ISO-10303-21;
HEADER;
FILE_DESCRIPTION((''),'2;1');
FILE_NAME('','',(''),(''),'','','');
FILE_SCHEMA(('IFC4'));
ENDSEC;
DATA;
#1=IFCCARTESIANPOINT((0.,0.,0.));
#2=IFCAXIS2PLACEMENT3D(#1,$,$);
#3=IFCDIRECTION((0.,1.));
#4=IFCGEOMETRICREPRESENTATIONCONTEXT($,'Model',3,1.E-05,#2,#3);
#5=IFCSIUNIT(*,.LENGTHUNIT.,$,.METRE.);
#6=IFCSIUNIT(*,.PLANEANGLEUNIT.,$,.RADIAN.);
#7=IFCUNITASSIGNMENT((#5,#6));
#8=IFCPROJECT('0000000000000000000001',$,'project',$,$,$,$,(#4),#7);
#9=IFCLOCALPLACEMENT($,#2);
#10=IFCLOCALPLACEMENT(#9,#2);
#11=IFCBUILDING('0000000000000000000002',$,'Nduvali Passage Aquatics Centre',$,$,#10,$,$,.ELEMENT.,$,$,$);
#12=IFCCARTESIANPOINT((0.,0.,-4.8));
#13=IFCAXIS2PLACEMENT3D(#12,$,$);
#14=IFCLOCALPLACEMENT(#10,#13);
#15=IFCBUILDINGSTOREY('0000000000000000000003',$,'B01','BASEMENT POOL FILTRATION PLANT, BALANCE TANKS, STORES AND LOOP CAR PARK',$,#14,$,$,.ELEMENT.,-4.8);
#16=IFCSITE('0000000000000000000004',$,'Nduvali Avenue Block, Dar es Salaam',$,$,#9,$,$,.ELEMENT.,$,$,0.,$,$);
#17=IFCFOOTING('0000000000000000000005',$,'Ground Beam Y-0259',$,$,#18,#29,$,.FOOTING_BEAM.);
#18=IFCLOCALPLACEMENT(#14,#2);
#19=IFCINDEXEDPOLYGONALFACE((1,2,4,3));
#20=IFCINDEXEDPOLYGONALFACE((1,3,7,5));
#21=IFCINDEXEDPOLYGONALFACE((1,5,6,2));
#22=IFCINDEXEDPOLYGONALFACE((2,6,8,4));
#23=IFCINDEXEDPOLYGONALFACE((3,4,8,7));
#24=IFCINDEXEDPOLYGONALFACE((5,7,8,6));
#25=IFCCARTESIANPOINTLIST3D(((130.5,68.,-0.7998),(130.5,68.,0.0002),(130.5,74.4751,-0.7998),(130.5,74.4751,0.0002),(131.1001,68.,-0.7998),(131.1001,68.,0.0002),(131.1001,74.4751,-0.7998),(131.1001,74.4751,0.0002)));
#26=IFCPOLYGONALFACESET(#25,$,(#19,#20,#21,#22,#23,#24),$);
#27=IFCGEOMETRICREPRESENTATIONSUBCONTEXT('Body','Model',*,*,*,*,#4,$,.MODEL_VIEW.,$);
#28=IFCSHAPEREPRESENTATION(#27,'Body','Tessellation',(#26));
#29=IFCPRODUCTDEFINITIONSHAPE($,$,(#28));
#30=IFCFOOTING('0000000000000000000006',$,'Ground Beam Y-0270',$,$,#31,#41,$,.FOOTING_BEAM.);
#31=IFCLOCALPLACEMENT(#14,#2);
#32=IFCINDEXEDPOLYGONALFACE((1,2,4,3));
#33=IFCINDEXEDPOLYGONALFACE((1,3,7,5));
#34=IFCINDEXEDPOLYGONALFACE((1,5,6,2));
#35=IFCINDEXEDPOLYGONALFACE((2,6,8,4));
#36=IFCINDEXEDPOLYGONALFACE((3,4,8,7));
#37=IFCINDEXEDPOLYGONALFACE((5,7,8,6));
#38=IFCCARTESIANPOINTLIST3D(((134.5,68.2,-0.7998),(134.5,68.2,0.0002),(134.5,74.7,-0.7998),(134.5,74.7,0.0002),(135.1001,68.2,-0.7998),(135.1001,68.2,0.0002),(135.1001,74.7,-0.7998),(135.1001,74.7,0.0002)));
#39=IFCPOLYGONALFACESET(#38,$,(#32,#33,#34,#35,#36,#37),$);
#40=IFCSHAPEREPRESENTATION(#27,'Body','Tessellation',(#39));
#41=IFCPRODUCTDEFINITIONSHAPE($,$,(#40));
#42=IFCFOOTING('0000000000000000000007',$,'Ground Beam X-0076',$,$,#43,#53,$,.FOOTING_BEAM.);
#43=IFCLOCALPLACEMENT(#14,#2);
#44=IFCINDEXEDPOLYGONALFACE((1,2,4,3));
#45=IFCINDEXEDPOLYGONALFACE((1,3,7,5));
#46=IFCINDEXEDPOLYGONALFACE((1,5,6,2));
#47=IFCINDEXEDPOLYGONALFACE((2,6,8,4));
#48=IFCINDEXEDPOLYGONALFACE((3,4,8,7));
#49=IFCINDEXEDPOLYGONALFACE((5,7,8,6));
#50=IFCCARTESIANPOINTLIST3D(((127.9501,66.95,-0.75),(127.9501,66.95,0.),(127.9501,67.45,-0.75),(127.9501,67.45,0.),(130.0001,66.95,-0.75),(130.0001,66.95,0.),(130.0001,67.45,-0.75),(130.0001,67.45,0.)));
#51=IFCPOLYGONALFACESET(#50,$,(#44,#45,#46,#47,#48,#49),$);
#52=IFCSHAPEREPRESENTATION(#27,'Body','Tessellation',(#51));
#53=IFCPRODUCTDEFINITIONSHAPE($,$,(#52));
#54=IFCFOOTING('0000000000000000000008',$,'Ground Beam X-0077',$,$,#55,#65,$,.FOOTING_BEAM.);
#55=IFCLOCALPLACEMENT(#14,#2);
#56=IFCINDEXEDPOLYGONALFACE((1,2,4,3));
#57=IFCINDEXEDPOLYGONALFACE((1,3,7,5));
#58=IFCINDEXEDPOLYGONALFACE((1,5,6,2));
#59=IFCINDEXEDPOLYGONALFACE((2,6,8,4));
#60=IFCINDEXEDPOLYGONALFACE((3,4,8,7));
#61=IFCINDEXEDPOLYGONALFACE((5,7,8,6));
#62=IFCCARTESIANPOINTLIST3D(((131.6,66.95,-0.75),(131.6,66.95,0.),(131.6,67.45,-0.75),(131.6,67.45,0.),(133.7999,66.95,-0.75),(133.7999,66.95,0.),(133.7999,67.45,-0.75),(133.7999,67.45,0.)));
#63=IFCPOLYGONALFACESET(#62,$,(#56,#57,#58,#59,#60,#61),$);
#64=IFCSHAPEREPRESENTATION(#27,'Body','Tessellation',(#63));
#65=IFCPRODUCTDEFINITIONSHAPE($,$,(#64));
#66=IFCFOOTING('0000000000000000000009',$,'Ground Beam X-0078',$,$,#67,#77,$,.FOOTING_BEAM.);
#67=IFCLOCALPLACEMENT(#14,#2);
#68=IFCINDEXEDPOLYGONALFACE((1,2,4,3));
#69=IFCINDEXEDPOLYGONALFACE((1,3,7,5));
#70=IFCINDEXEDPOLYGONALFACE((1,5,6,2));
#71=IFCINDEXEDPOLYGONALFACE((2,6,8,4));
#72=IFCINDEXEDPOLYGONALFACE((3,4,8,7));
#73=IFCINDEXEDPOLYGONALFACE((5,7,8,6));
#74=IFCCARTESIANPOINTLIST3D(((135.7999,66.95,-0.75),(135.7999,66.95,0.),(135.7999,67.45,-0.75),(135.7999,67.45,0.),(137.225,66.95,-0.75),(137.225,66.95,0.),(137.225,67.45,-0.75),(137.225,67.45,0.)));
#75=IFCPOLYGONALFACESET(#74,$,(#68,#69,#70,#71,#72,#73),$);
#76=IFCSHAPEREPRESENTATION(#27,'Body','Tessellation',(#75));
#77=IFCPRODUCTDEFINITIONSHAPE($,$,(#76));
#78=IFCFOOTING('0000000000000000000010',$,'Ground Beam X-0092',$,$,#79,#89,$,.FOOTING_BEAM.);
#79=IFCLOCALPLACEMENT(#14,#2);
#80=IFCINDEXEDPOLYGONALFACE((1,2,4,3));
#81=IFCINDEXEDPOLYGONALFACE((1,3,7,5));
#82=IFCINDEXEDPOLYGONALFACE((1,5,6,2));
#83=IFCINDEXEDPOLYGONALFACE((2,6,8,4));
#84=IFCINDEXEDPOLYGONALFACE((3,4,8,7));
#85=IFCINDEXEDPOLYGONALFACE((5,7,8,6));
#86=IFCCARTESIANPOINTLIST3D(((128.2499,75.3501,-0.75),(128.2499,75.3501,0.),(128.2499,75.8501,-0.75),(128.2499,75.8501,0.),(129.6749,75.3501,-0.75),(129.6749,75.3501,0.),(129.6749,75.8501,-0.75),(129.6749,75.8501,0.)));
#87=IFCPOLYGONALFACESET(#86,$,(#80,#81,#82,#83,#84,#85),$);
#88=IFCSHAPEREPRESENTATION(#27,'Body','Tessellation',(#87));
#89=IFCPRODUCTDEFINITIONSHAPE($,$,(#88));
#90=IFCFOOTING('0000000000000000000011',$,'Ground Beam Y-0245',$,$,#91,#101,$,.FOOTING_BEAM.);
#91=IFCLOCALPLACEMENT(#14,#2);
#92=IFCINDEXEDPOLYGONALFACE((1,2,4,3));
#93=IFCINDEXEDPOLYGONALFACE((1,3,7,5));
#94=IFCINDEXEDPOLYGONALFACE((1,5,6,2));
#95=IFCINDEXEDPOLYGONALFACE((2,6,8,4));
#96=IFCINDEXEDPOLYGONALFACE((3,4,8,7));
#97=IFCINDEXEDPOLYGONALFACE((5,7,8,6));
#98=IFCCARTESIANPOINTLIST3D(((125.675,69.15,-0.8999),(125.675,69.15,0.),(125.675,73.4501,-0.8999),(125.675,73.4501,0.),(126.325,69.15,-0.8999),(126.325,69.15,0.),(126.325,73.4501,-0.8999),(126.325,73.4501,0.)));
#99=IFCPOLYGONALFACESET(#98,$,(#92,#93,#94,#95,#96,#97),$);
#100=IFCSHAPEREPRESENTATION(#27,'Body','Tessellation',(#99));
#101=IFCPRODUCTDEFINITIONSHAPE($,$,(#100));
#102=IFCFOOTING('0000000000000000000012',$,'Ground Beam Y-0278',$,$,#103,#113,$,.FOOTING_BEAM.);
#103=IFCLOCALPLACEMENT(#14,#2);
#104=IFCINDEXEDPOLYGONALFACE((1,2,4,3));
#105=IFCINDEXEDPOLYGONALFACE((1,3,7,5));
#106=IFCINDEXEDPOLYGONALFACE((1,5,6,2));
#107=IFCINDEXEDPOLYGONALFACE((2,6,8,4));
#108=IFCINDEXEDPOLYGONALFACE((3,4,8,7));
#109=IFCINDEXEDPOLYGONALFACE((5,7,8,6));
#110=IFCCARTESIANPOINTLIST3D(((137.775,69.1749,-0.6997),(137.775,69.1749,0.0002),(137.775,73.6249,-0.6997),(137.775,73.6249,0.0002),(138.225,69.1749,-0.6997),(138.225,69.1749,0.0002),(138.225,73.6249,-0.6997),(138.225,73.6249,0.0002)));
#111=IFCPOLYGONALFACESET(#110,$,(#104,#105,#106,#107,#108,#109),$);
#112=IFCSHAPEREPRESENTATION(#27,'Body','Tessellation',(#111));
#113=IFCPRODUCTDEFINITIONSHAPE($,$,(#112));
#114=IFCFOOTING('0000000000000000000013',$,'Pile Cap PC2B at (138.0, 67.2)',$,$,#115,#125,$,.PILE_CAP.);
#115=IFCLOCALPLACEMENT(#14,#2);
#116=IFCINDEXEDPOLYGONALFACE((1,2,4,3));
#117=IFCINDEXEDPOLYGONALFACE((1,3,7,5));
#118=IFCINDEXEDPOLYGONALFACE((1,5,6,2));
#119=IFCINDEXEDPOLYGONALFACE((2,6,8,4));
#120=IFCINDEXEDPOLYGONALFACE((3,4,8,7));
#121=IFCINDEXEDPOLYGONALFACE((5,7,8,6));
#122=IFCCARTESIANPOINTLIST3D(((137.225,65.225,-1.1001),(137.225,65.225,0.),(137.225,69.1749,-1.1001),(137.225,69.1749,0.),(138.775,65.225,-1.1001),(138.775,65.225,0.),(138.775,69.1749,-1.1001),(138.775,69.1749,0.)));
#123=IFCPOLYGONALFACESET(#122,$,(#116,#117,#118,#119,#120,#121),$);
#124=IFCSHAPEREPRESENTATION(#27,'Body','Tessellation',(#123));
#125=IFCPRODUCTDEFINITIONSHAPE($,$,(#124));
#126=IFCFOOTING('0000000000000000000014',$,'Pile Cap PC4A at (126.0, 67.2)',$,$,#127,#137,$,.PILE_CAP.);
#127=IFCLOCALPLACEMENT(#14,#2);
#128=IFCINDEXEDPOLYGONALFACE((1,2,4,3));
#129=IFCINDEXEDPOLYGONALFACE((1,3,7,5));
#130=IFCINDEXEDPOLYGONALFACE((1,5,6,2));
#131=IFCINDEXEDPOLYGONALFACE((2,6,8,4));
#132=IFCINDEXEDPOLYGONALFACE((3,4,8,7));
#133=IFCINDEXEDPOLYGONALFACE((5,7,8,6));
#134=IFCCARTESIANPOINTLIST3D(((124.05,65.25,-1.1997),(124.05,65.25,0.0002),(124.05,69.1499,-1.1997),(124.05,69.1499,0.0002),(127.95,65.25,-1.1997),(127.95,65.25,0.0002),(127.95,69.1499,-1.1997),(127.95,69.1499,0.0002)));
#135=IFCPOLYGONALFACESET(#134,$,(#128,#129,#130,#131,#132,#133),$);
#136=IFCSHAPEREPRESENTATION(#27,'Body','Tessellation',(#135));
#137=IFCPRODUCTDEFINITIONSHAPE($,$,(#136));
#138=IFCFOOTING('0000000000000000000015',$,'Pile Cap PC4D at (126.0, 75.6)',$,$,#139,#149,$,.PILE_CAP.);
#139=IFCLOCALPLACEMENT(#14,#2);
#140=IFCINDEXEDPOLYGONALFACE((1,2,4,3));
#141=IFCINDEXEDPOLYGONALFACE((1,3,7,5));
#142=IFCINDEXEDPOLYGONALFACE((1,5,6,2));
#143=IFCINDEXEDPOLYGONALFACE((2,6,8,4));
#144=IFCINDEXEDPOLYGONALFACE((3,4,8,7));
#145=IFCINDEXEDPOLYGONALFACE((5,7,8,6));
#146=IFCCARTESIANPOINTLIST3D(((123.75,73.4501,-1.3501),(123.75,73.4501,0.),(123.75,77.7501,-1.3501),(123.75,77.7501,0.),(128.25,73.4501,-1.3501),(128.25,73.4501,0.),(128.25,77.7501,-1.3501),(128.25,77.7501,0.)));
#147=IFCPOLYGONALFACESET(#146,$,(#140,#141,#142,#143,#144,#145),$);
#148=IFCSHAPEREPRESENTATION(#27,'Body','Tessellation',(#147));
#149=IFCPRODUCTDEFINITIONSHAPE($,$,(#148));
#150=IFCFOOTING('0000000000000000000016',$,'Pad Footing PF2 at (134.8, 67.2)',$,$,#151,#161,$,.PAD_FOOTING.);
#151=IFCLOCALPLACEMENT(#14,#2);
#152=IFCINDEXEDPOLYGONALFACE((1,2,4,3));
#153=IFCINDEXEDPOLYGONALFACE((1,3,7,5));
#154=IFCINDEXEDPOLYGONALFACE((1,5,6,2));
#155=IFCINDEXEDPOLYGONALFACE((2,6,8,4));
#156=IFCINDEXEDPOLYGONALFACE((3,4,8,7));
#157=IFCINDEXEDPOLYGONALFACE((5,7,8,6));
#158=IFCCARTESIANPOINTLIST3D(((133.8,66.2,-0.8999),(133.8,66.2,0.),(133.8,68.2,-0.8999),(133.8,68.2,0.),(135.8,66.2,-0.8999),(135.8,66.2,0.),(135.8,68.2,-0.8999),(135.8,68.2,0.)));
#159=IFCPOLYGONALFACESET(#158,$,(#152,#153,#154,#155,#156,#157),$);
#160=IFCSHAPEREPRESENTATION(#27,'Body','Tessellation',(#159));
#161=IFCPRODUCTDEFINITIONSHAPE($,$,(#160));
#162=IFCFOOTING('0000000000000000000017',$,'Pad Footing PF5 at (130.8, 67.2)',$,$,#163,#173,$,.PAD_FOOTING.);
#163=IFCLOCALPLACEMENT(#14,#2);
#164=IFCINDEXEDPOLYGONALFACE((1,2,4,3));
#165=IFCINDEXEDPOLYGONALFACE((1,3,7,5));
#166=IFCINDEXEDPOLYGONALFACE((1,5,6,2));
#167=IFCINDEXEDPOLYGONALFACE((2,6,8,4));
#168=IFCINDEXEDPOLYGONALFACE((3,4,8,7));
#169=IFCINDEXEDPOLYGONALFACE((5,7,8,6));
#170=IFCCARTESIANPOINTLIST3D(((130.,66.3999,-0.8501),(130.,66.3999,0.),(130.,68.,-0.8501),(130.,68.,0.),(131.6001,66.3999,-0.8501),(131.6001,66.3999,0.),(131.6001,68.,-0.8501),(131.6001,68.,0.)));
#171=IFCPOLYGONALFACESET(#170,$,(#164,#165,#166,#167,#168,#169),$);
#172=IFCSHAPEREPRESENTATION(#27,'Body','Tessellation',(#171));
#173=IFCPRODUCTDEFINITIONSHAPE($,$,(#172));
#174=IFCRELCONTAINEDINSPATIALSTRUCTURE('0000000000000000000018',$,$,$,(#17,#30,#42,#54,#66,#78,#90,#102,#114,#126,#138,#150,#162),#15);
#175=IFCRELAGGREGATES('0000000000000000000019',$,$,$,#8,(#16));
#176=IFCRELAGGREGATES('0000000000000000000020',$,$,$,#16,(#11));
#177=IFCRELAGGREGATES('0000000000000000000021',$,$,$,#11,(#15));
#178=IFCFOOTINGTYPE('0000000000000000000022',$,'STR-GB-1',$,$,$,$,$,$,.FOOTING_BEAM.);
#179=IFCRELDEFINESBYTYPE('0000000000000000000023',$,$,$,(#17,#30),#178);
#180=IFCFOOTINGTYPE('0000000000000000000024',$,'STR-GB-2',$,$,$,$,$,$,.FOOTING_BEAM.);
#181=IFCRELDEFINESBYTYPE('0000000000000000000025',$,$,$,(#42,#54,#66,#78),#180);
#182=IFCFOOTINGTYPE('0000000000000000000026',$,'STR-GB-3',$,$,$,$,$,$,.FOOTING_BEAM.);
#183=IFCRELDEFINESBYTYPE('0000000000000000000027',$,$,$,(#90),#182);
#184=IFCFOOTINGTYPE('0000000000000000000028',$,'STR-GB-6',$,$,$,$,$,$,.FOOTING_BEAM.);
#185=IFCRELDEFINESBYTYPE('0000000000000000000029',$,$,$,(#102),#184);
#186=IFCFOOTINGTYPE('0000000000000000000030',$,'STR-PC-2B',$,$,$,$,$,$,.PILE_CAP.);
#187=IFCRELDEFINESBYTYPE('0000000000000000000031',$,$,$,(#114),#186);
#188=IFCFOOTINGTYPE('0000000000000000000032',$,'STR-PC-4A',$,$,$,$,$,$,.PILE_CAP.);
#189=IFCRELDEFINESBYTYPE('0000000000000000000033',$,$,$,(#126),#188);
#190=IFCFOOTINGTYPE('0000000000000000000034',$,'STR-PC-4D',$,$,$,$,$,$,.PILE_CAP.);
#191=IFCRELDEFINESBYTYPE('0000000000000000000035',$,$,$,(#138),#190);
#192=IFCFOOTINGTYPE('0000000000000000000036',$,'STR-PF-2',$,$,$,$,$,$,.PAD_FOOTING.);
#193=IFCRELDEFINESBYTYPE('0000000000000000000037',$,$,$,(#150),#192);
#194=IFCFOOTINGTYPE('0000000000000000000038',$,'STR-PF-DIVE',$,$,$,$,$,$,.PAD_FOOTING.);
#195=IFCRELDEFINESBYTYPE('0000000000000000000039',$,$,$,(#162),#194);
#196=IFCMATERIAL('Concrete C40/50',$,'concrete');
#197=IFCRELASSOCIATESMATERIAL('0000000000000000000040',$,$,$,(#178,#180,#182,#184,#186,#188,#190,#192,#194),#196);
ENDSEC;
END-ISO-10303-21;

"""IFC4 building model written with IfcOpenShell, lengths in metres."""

from ifc_helpers import new_model, si_unit, direction, frame, origin, origin_2d, place, context, subcontext, project, spatial, rectangle, extrude, material, type_object, element, save


model = new_model("IFC4")

# Units and contexts
model_context = context("Model", 3, precision=1e-05, world=origin(), true_north=direction((0.0, 1.0)))
body_context = subcontext(model_context, "Body", "Model", "MODEL_VIEW")
ifc_project = project(units=[si_unit("LENGTHUNIT", "METRE"), si_unit("PLANEANGLEUNIT", "RADIAN")], contexts=[model_context])

# Site, building, storey
site_placement = place(None, origin())
site = spatial("IfcSite", under=ifc_project, at=site_placement, Name="Nduvali Avenue Block, Dar es Salaam", CompositionType="ELEMENT", RefElevation=0.0)
building_placement = place(site_placement, origin())
building = spatial("IfcBuilding", under=site, at=building_placement, Name="Nduvali Passage Aquatics Centre", CompositionType="ELEMENT")
storey_placement = place(building_placement, frame((0.0, 0.0, -4.8)))
storey = spatial("IfcBuildingStorey", under=building, at=storey_placement, Name="B01", Description="BASEMENT POOL FILTRATION PLANT, BALANCE TANKS, STORES AND LOOP CAR PARK", CompositionType="ELEMENT", Elevation=-4.8)

# Footings
ifc_material = material(Name="Concrete C40/50", Category="concrete")
footing_type_1 = type_object("IfcFootingType", Name="STR-GB-1", PredefinedType="FOOTING_BEAM", material=ifc_material)
footing_1_placement = place(storey_placement, frame((130.8, 71.2375, -0.7998), z_axis=(0.0, 0.0, 1.0), x_axis=(0.0, 1.0, 0.0)))
element("IfcFooting", 1, at=footing_1_placement, inside=storey, type_object=footing_type_1, Name="Ground Beam Y-0259", PredefinedType="FOOTING_BEAM", context=body_context, shape_type="SweptSolid", body=[
    extrude(rectangle(XDim=6.4751, YDim=0.6001, at=origin_2d()), origin(), (0.0, 0.0, 1.0), 0.8),
])
footing_2_placement = place(storey_placement, frame((134.8, 71.45, -0.7998), z_axis=(0.0, 0.0, 1.0), x_axis=(0.0, 1.0, 0.0)))
element("IfcFooting", 2, at=footing_2_placement, inside=storey, type_object=footing_type_1, Name="Ground Beam Y-0270", PredefinedType="FOOTING_BEAM", context=body_context, shape_type="SweptSolid", body=[
    extrude(rectangle(XDim=6.5, YDim=0.6001, at=origin_2d()), origin(), (0.0, 0.0, 1.0), 0.8),
])
footing_type_2 = type_object("IfcFootingType", Name="STR-GB-2", PredefinedType="FOOTING_BEAM", material=ifc_material)
footing_3_placement = place(storey_placement, frame((128.9751, 67.2, -0.75), z_axis=(0.0, 0.0, 1.0), x_axis=(1.0, 0.0, 0.0)))
element("IfcFooting", 3, at=footing_3_placement, inside=storey, type_object=footing_type_2, Name="Ground Beam X-0076", PredefinedType="FOOTING_BEAM", context=body_context, shape_type="SweptSolid", body=[
    extrude(rectangle(XDim=2.05, YDim=0.5, at=origin_2d()), origin(), (0.0, 0.0, 1.0), 0.75),
])
footing_4_placement = place(storey_placement, frame((132.7, 67.2, -0.75), z_axis=(0.0, 0.0, 1.0), x_axis=(1.0, 0.0, 0.0)))
element("IfcFooting", 4, at=footing_4_placement, inside=storey, type_object=footing_type_2, Name="Ground Beam X-0077", PredefinedType="FOOTING_BEAM", context=body_context, shape_type="SweptSolid", body=[
    extrude(rectangle(XDim=2.2, YDim=0.5, at=origin_2d()), origin(), (0.0, 0.0, 1.0), 0.75),
])
for number, where, z_axis, x_axis, name in (
    (5, (136.5125, 67.2, -0.75), (0.0, 0.0, 1.0), (1.0, 0.0, 0.0), "Ground Beam X-0078"),
    (6, (128.9624, 75.6001, -0.75), (0.0, 0.0, 1.0), (1.0, 0.0, 0.0), "Ground Beam X-0092"),
):
    element("IfcFooting", number, at=place(storey_placement, frame(where, z_axis=z_axis, x_axis=x_axis)), inside=storey, type_object=footing_type_2, Name=name, PredefinedType="FOOTING_BEAM", context=body_context, shape_type="SweptSolid", body=[
        extrude(rectangle(XDim=1.425, YDim=0.5, at=origin_2d()), origin(), (0.0, 0.0, 1.0), 0.75),
    ])
footing_type_3 = type_object("IfcFootingType", Name="STR-GB-3", PredefinedType="FOOTING_BEAM", material=ifc_material)
footing_5_placement = place(storey_placement, frame((126.0, 71.3, -0.8999), z_axis=(0.0, 0.0, 1.0), x_axis=(0.0, 1.0, 0.0)))
element("IfcFooting", 7, at=footing_5_placement, inside=storey, type_object=footing_type_3, Name="Ground Beam Y-0245", PredefinedType="FOOTING_BEAM", context=body_context, shape_type="SweptSolid", body=[
    extrude(rectangle(XDim=4.3, YDim=0.6499, at=origin_2d()), origin(), (0.0, 0.0, 1.0), 0.8999),
])
footing_type_4 = type_object("IfcFootingType", Name="STR-GB-6", PredefinedType="FOOTING_BEAM", material=ifc_material)
footing_6_placement = place(storey_placement, frame((138.0, 71.3999, -0.6997), z_axis=(0.0, 0.0, 1.0), x_axis=(0.0, 1.0, 0.0)))
element("IfcFooting", 8, at=footing_6_placement, inside=storey, type_object=footing_type_4, Name="Ground Beam Y-0278", PredefinedType="FOOTING_BEAM", context=body_context, shape_type="SweptSolid", body=[
    extrude(rectangle(XDim=4.45, YDim=0.45, at=origin_2d()), origin(), (0.0, 0.0, 1.0), 0.7),
])
footing_type_5 = type_object("IfcFootingType", Name="STR-PC-2B", PredefinedType="PILE_CAP", material=ifc_material)
footing_7_placement = place(storey_placement, frame((138.0, 67.2, -1.1001), z_axis=(0.0, 0.0, 1.0), x_axis=(1.0, 0.0, 0.0)))
element("IfcFooting", 9, at=footing_7_placement, inside=storey, type_object=footing_type_5, Name="Pile Cap PC2B at (138.0, 67.2)", PredefinedType="PILE_CAP", context=body_context, shape_type="SweptSolid", body=[
    extrude(rectangle(XDim=1.55, YDim=3.95, at=origin_2d()), origin(), (0.0, 0.0, 1.0), 1.1001),
])
footing_type_6 = type_object("IfcFootingType", Name="STR-PC-4A", PredefinedType="PILE_CAP", material=ifc_material)
footing_8_placement = place(storey_placement, frame((126.0, 67.2, -1.1997), z_axis=(0.0, 0.0, 1.0), x_axis=(1.0, 0.0, 0.0)))
element("IfcFooting", 10, at=footing_8_placement, inside=storey, type_object=footing_type_6, Name="Pile Cap PC4A at (126.0, 67.2)", PredefinedType="PILE_CAP", context=body_context, shape_type="SweptSolid", body=[
    extrude(rectangle(XDim=3.8999, YDim=3.8999, at=origin_2d()), origin(), (0.0, 0.0, 1.0), 1.2),
])
footing_type_7 = type_object("IfcFootingType", Name="STR-PC-4D", PredefinedType="PILE_CAP", material=ifc_material)
footing_9_placement = place(storey_placement, frame((126.0, 75.6001, -1.3501), z_axis=(0.0, 0.0, 1.0), x_axis=(1.0, 0.0, 0.0)))
element("IfcFooting", 11, at=footing_9_placement, inside=storey, type_object=footing_type_7, Name="Pile Cap PC4D at (126.0, 75.6)", PredefinedType="PILE_CAP", context=body_context, shape_type="SweptSolid", body=[
    extrude(rectangle(XDim=4.5, YDim=4.3, at=origin_2d()), origin(), (0.0, 0.0, 1.0), 1.3501),
])
footing_type_8 = type_object("IfcFootingType", Name="STR-PF-2", PredefinedType="PAD_FOOTING", material=ifc_material)
footing_10_placement = place(storey_placement, frame((134.8, 67.2, -0.8999), z_axis=(0.0, 0.0, 1.0), x_axis=(1.0, 0.0, 0.0)))
element("IfcFooting", 12, at=footing_10_placement, inside=storey, type_object=footing_type_8, Name="Pad Footing PF2 at (134.8, 67.2)", PredefinedType="PAD_FOOTING", context=body_context, shape_type="SweptSolid", body=[
    extrude(rectangle(XDim=2.0, YDim=2.0, at=origin_2d()), origin(), (0.0, 0.0, 1.0), 0.8999),
])
footing_type_9 = type_object("IfcFootingType", Name="STR-PF-DIVE", PredefinedType="PAD_FOOTING", material=ifc_material)
footing_11_placement = place(storey_placement, frame((130.8, 67.2, -0.8501), z_axis=(0.0, 0.0, 1.0), x_axis=(1.0, 0.0, 0.0)))
element("IfcFooting", 13, at=footing_11_placement, inside=storey, type_object=footing_type_9, Name="Pad Footing PF5 at (130.8, 67.2)", PredefinedType="PAD_FOOTING", context=body_context, shape_type="SweptSolid", body=[
    extrude(rectangle(XDim=1.6001, YDim=1.6001, at=origin_2d()), origin(), (0.0, 0.0, 1.0), 0.8501),
])

save(model, "model.ifc")
